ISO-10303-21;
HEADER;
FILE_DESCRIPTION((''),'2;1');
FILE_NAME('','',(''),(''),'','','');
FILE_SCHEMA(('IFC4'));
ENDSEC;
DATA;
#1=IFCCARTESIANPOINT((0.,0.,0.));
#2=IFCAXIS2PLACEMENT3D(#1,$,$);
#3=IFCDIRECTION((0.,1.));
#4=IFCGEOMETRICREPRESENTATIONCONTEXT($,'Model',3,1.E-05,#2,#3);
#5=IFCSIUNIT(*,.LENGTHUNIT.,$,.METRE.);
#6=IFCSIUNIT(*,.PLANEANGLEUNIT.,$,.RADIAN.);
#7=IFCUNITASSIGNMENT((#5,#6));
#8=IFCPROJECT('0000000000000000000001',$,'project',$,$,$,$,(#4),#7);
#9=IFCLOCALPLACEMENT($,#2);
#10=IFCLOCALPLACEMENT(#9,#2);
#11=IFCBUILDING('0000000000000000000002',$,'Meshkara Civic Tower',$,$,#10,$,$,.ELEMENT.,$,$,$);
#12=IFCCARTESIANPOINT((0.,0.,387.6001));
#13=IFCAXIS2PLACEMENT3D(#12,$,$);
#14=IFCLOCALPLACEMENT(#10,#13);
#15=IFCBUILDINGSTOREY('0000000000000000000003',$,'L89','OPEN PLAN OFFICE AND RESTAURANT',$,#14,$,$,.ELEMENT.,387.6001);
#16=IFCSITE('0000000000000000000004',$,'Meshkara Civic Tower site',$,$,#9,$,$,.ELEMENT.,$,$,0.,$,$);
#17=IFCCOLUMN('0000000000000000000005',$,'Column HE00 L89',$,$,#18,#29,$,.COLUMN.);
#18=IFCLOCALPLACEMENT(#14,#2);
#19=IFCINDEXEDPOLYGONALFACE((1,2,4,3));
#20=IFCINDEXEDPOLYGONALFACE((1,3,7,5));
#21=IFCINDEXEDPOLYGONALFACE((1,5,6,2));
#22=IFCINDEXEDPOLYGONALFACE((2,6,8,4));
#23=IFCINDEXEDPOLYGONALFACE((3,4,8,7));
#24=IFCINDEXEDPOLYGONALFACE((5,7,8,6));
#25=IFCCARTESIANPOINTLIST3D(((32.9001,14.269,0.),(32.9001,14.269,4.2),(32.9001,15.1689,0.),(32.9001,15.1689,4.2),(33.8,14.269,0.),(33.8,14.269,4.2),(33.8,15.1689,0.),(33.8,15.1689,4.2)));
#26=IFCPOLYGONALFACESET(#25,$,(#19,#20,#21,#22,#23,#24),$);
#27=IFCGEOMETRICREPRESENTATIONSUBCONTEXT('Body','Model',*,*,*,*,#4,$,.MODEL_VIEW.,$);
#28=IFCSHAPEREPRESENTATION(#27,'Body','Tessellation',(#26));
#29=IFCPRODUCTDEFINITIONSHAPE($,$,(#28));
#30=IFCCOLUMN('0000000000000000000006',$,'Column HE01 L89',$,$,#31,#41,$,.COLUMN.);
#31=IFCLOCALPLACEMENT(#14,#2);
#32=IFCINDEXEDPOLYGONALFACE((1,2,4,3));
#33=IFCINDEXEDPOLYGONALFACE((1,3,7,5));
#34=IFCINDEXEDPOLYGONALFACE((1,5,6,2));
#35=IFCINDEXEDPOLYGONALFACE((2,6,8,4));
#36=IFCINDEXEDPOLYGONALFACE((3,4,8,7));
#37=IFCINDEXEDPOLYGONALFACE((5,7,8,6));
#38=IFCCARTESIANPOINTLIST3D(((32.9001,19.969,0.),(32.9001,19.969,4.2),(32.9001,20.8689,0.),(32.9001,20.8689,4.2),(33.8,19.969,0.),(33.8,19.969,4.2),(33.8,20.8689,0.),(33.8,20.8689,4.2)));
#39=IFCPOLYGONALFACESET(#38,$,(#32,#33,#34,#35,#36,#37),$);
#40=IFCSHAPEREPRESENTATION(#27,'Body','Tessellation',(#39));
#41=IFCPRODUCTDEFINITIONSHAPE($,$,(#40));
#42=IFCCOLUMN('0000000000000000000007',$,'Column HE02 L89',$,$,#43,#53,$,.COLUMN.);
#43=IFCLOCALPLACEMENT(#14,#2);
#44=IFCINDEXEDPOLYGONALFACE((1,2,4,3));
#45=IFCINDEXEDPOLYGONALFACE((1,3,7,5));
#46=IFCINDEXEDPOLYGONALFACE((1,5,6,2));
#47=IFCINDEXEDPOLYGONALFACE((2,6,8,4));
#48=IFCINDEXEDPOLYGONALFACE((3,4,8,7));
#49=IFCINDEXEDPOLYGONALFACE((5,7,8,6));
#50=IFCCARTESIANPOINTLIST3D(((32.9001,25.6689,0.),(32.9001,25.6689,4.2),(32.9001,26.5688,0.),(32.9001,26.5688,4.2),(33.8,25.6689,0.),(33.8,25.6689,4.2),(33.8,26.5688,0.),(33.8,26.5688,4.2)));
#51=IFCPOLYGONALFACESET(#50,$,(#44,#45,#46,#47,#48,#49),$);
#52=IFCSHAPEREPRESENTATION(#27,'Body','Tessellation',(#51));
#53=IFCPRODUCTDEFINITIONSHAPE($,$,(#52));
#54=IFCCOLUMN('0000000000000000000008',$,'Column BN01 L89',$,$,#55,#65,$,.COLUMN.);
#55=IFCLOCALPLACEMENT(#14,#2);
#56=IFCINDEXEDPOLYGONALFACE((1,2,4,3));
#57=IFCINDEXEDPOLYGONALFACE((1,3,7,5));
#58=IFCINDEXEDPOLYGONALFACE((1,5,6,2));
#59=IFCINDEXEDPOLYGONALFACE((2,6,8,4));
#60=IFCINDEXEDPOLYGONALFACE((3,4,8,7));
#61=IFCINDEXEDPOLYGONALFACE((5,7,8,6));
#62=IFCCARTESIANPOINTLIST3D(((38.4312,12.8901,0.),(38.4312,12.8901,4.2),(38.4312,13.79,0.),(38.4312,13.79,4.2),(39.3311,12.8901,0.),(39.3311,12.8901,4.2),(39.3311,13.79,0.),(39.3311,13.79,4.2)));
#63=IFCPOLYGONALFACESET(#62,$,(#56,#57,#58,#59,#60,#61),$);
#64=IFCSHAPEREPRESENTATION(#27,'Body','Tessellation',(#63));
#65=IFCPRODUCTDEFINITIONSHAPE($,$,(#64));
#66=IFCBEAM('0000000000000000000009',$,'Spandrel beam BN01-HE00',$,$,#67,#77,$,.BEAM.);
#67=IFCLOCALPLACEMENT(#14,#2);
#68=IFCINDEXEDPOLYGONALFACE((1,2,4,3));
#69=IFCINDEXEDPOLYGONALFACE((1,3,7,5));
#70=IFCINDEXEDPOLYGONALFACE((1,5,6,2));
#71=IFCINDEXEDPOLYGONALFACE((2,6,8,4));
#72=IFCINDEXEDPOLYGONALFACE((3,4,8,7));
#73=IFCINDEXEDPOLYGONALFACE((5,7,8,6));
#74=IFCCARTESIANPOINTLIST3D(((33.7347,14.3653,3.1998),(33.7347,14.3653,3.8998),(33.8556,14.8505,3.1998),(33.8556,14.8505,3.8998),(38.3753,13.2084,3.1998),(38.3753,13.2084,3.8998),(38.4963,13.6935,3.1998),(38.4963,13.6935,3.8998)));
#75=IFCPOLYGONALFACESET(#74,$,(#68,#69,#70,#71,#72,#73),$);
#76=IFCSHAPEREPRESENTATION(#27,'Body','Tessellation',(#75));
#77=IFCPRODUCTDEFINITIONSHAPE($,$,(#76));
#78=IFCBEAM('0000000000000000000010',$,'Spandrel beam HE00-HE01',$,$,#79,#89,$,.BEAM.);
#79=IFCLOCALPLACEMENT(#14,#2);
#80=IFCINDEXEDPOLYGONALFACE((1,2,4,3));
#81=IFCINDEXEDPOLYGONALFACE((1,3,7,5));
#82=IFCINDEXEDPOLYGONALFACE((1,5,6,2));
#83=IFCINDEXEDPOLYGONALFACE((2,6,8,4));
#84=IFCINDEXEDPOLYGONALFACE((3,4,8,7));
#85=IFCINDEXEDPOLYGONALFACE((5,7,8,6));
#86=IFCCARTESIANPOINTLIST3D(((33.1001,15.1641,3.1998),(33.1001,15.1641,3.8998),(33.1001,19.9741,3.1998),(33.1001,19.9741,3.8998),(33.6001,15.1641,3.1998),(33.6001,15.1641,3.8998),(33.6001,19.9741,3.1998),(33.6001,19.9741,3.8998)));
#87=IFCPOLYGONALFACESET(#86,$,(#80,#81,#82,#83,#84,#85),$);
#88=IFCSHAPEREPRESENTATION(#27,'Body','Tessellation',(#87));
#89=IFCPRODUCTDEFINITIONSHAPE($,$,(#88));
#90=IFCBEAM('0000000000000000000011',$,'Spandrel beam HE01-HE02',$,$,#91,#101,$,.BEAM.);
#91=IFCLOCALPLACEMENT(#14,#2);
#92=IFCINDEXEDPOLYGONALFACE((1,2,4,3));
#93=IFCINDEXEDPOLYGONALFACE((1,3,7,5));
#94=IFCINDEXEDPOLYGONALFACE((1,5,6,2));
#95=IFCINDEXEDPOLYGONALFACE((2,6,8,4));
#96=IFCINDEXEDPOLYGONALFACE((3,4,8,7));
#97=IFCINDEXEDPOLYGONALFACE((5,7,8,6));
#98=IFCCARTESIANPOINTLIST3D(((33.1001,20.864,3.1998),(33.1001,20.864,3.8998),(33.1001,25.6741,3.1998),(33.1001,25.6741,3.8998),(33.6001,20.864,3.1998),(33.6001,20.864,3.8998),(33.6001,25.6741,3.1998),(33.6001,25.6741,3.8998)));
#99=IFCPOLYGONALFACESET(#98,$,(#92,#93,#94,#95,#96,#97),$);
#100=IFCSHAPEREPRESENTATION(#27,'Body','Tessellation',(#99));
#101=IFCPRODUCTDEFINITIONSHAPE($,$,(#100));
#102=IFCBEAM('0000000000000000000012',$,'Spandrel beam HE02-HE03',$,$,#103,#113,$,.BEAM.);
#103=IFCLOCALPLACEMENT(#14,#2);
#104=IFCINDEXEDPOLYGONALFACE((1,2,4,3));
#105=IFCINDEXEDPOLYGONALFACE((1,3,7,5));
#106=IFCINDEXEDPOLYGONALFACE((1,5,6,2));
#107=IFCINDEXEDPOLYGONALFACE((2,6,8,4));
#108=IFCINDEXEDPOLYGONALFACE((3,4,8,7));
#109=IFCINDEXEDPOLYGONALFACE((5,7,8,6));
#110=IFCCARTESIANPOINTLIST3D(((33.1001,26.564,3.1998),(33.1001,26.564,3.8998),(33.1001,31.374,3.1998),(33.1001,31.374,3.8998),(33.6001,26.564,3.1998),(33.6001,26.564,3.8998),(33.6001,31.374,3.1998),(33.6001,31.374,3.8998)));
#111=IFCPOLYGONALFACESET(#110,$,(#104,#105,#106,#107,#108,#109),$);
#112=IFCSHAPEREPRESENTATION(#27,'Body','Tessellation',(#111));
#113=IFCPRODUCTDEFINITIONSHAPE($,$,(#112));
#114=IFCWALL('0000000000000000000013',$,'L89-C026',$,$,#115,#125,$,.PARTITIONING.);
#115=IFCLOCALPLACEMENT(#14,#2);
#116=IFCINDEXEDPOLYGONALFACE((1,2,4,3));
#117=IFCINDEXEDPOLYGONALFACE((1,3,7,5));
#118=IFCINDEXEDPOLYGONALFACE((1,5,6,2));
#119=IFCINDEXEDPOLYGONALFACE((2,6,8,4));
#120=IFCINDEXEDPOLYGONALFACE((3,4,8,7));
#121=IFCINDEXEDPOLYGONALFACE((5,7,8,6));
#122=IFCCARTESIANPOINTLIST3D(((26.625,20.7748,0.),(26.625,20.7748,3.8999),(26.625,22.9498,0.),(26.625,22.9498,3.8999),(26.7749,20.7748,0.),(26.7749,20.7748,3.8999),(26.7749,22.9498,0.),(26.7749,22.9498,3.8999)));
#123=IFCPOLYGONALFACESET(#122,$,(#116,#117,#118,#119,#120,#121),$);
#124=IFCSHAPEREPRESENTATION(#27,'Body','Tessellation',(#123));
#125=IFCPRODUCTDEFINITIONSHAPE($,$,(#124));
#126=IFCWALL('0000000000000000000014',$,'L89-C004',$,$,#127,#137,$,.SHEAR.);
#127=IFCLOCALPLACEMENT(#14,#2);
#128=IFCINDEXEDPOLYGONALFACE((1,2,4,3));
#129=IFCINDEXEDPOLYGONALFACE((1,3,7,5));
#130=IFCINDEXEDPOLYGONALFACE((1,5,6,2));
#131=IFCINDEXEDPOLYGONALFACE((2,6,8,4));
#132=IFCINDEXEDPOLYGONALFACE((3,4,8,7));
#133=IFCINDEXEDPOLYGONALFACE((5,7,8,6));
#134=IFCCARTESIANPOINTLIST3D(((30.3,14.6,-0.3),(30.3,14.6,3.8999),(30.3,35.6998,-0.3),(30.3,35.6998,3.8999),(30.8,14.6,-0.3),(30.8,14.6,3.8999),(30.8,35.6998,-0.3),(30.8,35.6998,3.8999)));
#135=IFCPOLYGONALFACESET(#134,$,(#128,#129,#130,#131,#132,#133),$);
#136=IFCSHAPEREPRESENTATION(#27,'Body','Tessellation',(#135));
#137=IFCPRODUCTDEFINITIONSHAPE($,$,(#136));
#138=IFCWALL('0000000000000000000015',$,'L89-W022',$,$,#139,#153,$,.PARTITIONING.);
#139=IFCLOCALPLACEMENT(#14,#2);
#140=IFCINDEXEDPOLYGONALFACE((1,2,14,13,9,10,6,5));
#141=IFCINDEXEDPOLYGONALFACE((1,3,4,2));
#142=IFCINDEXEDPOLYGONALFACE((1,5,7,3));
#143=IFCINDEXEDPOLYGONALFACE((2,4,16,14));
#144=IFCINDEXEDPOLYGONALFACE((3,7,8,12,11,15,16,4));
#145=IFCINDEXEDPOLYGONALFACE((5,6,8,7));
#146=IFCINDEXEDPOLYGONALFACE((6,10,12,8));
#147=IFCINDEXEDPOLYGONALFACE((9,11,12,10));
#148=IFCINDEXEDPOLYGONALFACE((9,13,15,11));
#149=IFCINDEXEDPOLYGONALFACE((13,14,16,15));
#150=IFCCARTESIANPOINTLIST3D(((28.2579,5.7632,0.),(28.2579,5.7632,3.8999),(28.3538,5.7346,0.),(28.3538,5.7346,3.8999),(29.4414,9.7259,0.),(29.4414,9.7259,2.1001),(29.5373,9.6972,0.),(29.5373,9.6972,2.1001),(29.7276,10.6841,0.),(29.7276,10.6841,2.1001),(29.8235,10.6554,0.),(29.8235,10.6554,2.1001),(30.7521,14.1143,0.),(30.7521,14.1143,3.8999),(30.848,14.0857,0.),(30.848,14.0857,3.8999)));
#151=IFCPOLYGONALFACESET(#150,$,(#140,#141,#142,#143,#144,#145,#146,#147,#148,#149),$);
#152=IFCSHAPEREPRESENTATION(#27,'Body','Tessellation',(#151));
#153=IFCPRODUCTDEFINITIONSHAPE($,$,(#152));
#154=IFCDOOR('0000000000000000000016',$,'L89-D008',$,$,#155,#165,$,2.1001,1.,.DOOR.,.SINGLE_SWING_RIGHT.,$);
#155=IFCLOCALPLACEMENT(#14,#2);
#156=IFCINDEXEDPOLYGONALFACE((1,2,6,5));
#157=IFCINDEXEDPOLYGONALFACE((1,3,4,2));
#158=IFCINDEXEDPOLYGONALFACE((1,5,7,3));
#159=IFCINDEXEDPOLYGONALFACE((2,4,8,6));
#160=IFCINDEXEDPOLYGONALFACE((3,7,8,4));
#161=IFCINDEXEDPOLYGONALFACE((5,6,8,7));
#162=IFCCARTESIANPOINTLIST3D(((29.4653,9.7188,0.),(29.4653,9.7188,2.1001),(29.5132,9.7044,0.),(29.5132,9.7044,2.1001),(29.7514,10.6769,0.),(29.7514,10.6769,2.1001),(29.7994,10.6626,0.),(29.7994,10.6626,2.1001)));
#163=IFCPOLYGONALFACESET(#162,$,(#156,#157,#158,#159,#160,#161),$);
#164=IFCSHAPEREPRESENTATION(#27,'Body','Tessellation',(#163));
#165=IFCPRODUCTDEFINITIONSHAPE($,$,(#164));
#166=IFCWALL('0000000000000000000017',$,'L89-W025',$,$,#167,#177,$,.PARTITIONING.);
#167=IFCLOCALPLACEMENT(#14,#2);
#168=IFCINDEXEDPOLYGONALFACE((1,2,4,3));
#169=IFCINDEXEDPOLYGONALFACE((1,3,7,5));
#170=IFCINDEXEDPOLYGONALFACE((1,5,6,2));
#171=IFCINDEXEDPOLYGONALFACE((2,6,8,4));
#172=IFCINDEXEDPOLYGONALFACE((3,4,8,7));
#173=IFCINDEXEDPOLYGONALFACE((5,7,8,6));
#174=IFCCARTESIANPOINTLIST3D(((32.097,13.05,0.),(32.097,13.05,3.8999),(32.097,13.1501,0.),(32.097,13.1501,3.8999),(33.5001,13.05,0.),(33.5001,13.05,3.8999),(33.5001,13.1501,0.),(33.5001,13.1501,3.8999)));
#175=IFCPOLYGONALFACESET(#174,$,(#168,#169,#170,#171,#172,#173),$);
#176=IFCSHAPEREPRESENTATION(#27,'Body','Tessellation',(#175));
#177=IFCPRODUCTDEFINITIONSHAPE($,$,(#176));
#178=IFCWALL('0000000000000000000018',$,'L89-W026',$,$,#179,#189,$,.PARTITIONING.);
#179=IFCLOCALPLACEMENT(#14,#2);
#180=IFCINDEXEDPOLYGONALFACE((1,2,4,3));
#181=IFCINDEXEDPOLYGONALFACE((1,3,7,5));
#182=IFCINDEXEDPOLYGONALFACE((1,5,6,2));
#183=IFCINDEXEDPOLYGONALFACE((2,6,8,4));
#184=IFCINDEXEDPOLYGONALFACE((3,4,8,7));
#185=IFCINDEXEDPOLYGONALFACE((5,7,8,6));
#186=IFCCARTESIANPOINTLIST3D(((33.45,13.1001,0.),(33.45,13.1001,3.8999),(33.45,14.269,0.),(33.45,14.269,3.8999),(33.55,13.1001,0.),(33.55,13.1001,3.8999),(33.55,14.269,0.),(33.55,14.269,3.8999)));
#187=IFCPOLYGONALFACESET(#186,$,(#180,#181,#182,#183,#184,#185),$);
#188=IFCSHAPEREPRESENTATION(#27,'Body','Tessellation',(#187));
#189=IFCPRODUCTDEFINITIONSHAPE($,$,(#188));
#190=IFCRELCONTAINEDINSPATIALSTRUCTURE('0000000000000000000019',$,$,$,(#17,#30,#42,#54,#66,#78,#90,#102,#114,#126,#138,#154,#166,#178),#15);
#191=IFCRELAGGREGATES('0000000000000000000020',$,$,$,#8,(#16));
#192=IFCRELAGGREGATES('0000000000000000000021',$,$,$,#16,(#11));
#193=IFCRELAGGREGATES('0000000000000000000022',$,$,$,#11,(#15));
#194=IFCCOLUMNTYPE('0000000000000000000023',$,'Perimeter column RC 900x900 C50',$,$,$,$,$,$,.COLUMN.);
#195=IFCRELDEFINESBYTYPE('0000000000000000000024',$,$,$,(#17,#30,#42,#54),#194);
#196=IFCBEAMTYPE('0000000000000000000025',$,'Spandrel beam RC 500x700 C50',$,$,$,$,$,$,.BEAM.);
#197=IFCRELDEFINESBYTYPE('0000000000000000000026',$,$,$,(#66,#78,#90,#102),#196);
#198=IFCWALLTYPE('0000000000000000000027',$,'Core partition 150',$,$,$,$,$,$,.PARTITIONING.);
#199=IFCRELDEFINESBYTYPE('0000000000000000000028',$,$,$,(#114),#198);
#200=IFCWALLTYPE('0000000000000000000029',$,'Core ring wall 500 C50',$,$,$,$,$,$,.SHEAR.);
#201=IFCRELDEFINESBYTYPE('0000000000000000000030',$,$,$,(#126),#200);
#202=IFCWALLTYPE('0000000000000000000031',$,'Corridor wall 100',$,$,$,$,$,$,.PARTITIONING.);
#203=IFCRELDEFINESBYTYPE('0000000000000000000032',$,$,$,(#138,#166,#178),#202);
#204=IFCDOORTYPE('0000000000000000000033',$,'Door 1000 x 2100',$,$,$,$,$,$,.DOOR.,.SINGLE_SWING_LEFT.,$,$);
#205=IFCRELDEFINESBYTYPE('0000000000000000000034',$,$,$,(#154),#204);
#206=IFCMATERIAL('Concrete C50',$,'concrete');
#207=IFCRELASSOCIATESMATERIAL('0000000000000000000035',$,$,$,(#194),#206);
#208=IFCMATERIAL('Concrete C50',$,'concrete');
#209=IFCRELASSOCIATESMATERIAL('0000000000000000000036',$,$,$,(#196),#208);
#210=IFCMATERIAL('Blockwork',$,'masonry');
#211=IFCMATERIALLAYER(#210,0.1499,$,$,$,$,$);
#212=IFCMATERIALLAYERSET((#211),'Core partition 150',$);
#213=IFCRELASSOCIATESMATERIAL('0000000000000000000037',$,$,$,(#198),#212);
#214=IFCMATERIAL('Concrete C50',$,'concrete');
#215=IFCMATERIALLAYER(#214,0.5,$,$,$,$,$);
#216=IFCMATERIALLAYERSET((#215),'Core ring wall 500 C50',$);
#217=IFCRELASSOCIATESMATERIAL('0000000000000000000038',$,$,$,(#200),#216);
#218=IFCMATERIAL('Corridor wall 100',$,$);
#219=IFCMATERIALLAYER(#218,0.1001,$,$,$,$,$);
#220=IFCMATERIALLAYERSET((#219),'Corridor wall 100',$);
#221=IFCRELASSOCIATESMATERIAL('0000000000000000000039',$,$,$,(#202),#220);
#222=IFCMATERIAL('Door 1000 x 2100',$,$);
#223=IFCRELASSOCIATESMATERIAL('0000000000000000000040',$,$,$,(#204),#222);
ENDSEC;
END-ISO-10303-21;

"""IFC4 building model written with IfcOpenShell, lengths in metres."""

from ifc_helpers import new_model, si_unit, direction, frame, frame_2d, origin, origin_2d, place, context, subcontext, project, spatial, rectangle, extrude, material, layer, layer_set, material_profile, profile_set, type_object, element, fill, save


model = new_model("IFC4")

# Units and contexts
model_context = context("Model", 3, precision=1e-05, world=origin(), true_north=direction((0.0, 1.0)))
body_context = subcontext(model_context, "Body", "Model", "MODEL_VIEW")
ifc_project = project(units=[si_unit("LENGTHUNIT", "METRE"), si_unit("PLANEANGLEUNIT", "RADIAN")], contexts=[model_context])

# Site, building, storey
site_placement = place(None, origin())
site = spatial("IfcSite", under=ifc_project, at=site_placement, Name="Meshkara Civic Tower site", CompositionType="ELEMENT", RefElevation=0.0)
building_placement = place(site_placement, origin())
building = spatial("IfcBuilding", under=site, at=building_placement, Name="Meshkara Civic Tower", CompositionType="ELEMENT")
storey_placement = place(building_placement, frame((0.0, 0.0, 387.6001)))
storey = spatial("IfcBuildingStorey", under=building, at=storey_placement, Name="L89", Description="OPEN PLAN OFFICE AND RESTAURANT", CompositionType="ELEMENT", Elevation=387.6001)

# Columns
ifc_material_1 = material(Name="Concrete C50", Category="concrete")
ifc_material_profile_1 = material_profile(ifc_material_1, rectangle(XDim=0.8999, YDim=0.8999, at=origin_2d()))
ifc_profile_set_1 = profile_set([ifc_material_profile_1], Name="Concrete C50")
column_type = type_object("IfcColumnType", Name="Perimeter column RC 900x900 C50", PredefinedType="COLUMN", material=ifc_profile_set_1)
for number, where, z_axis, x_axis, name in (
    (1, (33.3501, 14.719, 0.0), (0.0, 0.0, 1.0), (1.0, 0.0, 0.0), "Column HE00 L89"),
    (2, (33.3501, 20.4189, 0.0), (0.0, 0.0, 1.0), (1.0, 0.0, 0.0), "Column HE01 L89"),
    (3, (33.3501, 26.1189, 0.0), (0.0, 0.0, 1.0), (1.0, 0.0, 0.0), "Column HE02 L89"),
    (4, (38.8811, 13.3401, 0.0), (0.0, 0.0, 1.0), (1.0, 0.0, 0.0), "Column BN01 L89"),
):
    element("IfcColumn", number, at=place(storey_placement, frame(where, z_axis=z_axis, x_axis=x_axis)), inside=storey, type_object=column_type, Name=name, PredefinedType="COLUMN", context=body_context, shape_type="SweptSolid", body=[
        extrude(rectangle(XDim=0.8999, YDim=0.8999, at=origin_2d()), origin(), (0.0, 0.0, 1.0), 4.2),
    ])

# Beams
ifc_material_2 = material(Name="Concrete C50", Category="concrete")
ifc_material_profile_2 = material_profile(ifc_material_2, rectangle(XDim=0.5, YDim=0.7, at=origin_2d()))
ifc_profile_set_2 = profile_set([ifc_material_profile_2], Name="Concrete C50")
beam_type = type_object("IfcBeamType", Name="Spandrel beam RC 500x700 C50", PredefinedType="BEAM", material=ifc_profile_set_2)
beam_placement = place(storey_placement, frame((38.4358, 13.4509, 3.5498), z_axis=(-0.970298, 0.241911, 0.0), x_axis=(-0.241911, -0.970298, 0.0)))
element("IfcBeam", 5, at=beam_placement, inside=storey, type_object=beam_type, Name="Spandrel beam BN01-HE00", PredefinedType="BEAM", context=body_context, shape_type="SweptSolid", body=[
    extrude(rectangle(XDim=0.5, YDim=0.7, at=origin_2d()), origin(), (0.0, 0.0, 1.0), 4.7827),
])
for number, where, z_axis, x_axis, name in (
    (6, (33.3501, 15.1641, 3.5498), (0.0, 1.0, 0.0), (-1.0, 0.0, 0.0), "Spandrel beam HE00-HE01"),
    (7, (33.3501, 20.864, 3.5498), (0.0, 1.0, 0.0), (-1.0, 0.0, 0.0), "Spandrel beam HE01-HE02"),
    (8, (33.3501, 26.564, 3.5498), (0.0, 1.0, 0.0), (-1.0, 0.0, 0.0), "Spandrel beam HE02-HE03"),
):
    element("IfcBeam", number, at=place(storey_placement, frame(where, z_axis=z_axis, x_axis=x_axis)), inside=storey, type_object=beam_type, Name=name, PredefinedType="BEAM", context=body_context, shape_type="SweptSolid", body=[
        extrude(rectangle(XDim=0.5, YDim=0.7, at=origin_2d()), origin(), (0.0, 0.0, 1.0), 4.8101),
    ])

# Walls
ifc_material_3 = material(Name="Blockwork", Category="masonry")
ifc_layer_1 = layer(ifc_material_3, 0.1499)
ifc_layer_set_1 = layer_set([ifc_layer_1], Name="Core partition 150")
wall_type_1 = type_object("IfcWallType", Name="Core partition 150", PredefinedType="PARTITIONING", material=ifc_layer_set_1)
wall_1_placement = place(storey_placement, frame((26.7, 20.7749, 0.0), z_axis=(0.0, 0.0, 1.0), x_axis=(0.0, 1.0, 0.0)))
element("IfcWall", 9, at=wall_1_placement, inside=storey, type_object=wall_type_1, Name="L89-C026", PredefinedType="PARTITIONING", context=body_context, shape_type="SweptSolid", body=[
    extrude(rectangle(XDim=2.175, YDim=0.1499, at=frame_2d((1.0874, 0.0))), origin(), (0.0, 0.0, 1.0), 3.8999),
])
ifc_material_4 = material(Name="Concrete C50", Category="concrete")
ifc_layer_2 = layer(ifc_material_4, 0.5)
ifc_layer_set_2 = layer_set([ifc_layer_2], Name="Core ring wall 500 C50")
wall_type_2 = type_object("IfcWallType", Name="Core ring wall 500 C50", PredefinedType="SHEAR", material=ifc_layer_set_2)
wall_2_placement = place(storey_placement, frame((30.55, 14.6001, -0.3), z_axis=(0.0, 0.0, 1.0), x_axis=(0.0, 1.0, 0.0)))
element("IfcWall", 10, at=wall_2_placement, inside=storey, type_object=wall_type_2, Name="L89-C004", PredefinedType="SHEAR", context=body_context, shape_type="SweptSolid", body=[
    extrude(rectangle(XDim=21.0999, YDim=0.5, at=frame_2d((10.5498, 0.0))), origin(), (0.0, 0.0, 1.0), 4.2),
])

# Wall, opening, door
ifc_material_5 = material(Name="Corridor wall 100")
ifc_layer_3 = layer(ifc_material_5, 0.1001)
ifc_layer_set_3 = layer_set([ifc_layer_3], Name="Corridor wall 100")
wall_type_3 = type_object("IfcWallType", Name="Corridor wall 100", PredefinedType="PARTITIONING", material=ifc_layer_set_3)
wall_3_placement = place(storey_placement, frame((30.8, 14.1001, 0.0), z_axis=(0.0, 0.0, 1.0), x_axis=(-0.286171, -0.958179, 0.0)))
wall_3 = element("IfcWall", 11, at=wall_3_placement, inside=storey, type_object=wall_type_3, Name="L89-W022", PredefinedType="PARTITIONING", context=body_context, shape_type="SweptSolid", body=[
    extrude(rectangle(XDim=8.7156, YDim=0.1001, at=frame_2d((4.3579, 0.0))), origin(), (0.0, 0.0, 1.0), 3.8999),
])
opening_1_placement = place(wall_3_placement, frame((3.5801, 0.0, 0.0)))
opening_1 = element("IfcOpeningElement", 12, at=opening_1_placement, cuts=wall_3, PredefinedType="OPENING", context=body_context, shape_type="SweptSolid", body=[
    extrude(rectangle(XDim=1.0, YDim=2.1001, at=frame_2d((0.5, 1.05))), frame((0.0, 0.0601, 0.0), z_axis=(0.0, -1.0, 0.0), x_axis=(1.0, 0.0, 0.0)), (0.0, 0.0, 1.0), 0.1201),
])
ifc_material_6 = material(Name="Door 1000 x 2100")
door_type = type_object("IfcDoorType", Name="Door 1000 x 2100", OperationType="SINGLE_SWING_LEFT", PredefinedType="DOOR", material=ifc_material_6)
door_placement = place(opening_1_placement, origin())
door = element("IfcDoor", 13, at=door_placement, inside=storey, type_object=door_type, Name="L89-D008", OperationType="SINGLE_SWING_RIGHT", OverallHeight=2.1001, OverallWidth=1.0, PredefinedType="DOOR", context=body_context, shape_type="SweptSolid", body=[
    extrude(rectangle(XDim=1.0, YDim=2.1001, at=frame_2d((0.5, 1.05))), frame((0.0, 0.0249, 0.0), z_axis=(0.0, -1.0, 0.0), x_axis=(1.0, 0.0, 0.0)), (0.0, 0.0, 1.0), 0.05),
])
fill(opening_1, door)

# Walls
wall_4_placement = place(storey_placement, frame((32.0969, 13.1001, 0.0), z_axis=(0.0, 0.0, 1.0), x_axis=(1.0, 0.0, 0.0)))
element("IfcWall", 14, at=wall_4_placement, inside=storey, type_object=wall_type_3, Name="L89-W025", PredefinedType="PARTITIONING", context=body_context, shape_type="SweptSolid", body=[
    extrude(rectangle(XDim=1.4031, YDim=0.1001, at=frame_2d((0.7017, 0.0))), origin(), (0.0, 0.0, 1.0), 3.8999),
])
wall_5_placement = place(storey_placement, frame((33.5, 13.1001, 0.0), z_axis=(0.0, 0.0, 1.0), x_axis=(0.0, 1.0, 0.0)))
element("IfcWall", 15, at=wall_5_placement, inside=storey, type_object=wall_type_3, Name="L89-W026", PredefinedType="PARTITIONING", context=body_context, shape_type="SweptSolid", body=[
    extrude(rectangle(XDim=1.1689, YDim=0.1001, at=frame_2d((0.5845, 0.0))), origin(), (0.0, 0.0, 1.0), 3.8999),
])

save(model, "model.ifc")
